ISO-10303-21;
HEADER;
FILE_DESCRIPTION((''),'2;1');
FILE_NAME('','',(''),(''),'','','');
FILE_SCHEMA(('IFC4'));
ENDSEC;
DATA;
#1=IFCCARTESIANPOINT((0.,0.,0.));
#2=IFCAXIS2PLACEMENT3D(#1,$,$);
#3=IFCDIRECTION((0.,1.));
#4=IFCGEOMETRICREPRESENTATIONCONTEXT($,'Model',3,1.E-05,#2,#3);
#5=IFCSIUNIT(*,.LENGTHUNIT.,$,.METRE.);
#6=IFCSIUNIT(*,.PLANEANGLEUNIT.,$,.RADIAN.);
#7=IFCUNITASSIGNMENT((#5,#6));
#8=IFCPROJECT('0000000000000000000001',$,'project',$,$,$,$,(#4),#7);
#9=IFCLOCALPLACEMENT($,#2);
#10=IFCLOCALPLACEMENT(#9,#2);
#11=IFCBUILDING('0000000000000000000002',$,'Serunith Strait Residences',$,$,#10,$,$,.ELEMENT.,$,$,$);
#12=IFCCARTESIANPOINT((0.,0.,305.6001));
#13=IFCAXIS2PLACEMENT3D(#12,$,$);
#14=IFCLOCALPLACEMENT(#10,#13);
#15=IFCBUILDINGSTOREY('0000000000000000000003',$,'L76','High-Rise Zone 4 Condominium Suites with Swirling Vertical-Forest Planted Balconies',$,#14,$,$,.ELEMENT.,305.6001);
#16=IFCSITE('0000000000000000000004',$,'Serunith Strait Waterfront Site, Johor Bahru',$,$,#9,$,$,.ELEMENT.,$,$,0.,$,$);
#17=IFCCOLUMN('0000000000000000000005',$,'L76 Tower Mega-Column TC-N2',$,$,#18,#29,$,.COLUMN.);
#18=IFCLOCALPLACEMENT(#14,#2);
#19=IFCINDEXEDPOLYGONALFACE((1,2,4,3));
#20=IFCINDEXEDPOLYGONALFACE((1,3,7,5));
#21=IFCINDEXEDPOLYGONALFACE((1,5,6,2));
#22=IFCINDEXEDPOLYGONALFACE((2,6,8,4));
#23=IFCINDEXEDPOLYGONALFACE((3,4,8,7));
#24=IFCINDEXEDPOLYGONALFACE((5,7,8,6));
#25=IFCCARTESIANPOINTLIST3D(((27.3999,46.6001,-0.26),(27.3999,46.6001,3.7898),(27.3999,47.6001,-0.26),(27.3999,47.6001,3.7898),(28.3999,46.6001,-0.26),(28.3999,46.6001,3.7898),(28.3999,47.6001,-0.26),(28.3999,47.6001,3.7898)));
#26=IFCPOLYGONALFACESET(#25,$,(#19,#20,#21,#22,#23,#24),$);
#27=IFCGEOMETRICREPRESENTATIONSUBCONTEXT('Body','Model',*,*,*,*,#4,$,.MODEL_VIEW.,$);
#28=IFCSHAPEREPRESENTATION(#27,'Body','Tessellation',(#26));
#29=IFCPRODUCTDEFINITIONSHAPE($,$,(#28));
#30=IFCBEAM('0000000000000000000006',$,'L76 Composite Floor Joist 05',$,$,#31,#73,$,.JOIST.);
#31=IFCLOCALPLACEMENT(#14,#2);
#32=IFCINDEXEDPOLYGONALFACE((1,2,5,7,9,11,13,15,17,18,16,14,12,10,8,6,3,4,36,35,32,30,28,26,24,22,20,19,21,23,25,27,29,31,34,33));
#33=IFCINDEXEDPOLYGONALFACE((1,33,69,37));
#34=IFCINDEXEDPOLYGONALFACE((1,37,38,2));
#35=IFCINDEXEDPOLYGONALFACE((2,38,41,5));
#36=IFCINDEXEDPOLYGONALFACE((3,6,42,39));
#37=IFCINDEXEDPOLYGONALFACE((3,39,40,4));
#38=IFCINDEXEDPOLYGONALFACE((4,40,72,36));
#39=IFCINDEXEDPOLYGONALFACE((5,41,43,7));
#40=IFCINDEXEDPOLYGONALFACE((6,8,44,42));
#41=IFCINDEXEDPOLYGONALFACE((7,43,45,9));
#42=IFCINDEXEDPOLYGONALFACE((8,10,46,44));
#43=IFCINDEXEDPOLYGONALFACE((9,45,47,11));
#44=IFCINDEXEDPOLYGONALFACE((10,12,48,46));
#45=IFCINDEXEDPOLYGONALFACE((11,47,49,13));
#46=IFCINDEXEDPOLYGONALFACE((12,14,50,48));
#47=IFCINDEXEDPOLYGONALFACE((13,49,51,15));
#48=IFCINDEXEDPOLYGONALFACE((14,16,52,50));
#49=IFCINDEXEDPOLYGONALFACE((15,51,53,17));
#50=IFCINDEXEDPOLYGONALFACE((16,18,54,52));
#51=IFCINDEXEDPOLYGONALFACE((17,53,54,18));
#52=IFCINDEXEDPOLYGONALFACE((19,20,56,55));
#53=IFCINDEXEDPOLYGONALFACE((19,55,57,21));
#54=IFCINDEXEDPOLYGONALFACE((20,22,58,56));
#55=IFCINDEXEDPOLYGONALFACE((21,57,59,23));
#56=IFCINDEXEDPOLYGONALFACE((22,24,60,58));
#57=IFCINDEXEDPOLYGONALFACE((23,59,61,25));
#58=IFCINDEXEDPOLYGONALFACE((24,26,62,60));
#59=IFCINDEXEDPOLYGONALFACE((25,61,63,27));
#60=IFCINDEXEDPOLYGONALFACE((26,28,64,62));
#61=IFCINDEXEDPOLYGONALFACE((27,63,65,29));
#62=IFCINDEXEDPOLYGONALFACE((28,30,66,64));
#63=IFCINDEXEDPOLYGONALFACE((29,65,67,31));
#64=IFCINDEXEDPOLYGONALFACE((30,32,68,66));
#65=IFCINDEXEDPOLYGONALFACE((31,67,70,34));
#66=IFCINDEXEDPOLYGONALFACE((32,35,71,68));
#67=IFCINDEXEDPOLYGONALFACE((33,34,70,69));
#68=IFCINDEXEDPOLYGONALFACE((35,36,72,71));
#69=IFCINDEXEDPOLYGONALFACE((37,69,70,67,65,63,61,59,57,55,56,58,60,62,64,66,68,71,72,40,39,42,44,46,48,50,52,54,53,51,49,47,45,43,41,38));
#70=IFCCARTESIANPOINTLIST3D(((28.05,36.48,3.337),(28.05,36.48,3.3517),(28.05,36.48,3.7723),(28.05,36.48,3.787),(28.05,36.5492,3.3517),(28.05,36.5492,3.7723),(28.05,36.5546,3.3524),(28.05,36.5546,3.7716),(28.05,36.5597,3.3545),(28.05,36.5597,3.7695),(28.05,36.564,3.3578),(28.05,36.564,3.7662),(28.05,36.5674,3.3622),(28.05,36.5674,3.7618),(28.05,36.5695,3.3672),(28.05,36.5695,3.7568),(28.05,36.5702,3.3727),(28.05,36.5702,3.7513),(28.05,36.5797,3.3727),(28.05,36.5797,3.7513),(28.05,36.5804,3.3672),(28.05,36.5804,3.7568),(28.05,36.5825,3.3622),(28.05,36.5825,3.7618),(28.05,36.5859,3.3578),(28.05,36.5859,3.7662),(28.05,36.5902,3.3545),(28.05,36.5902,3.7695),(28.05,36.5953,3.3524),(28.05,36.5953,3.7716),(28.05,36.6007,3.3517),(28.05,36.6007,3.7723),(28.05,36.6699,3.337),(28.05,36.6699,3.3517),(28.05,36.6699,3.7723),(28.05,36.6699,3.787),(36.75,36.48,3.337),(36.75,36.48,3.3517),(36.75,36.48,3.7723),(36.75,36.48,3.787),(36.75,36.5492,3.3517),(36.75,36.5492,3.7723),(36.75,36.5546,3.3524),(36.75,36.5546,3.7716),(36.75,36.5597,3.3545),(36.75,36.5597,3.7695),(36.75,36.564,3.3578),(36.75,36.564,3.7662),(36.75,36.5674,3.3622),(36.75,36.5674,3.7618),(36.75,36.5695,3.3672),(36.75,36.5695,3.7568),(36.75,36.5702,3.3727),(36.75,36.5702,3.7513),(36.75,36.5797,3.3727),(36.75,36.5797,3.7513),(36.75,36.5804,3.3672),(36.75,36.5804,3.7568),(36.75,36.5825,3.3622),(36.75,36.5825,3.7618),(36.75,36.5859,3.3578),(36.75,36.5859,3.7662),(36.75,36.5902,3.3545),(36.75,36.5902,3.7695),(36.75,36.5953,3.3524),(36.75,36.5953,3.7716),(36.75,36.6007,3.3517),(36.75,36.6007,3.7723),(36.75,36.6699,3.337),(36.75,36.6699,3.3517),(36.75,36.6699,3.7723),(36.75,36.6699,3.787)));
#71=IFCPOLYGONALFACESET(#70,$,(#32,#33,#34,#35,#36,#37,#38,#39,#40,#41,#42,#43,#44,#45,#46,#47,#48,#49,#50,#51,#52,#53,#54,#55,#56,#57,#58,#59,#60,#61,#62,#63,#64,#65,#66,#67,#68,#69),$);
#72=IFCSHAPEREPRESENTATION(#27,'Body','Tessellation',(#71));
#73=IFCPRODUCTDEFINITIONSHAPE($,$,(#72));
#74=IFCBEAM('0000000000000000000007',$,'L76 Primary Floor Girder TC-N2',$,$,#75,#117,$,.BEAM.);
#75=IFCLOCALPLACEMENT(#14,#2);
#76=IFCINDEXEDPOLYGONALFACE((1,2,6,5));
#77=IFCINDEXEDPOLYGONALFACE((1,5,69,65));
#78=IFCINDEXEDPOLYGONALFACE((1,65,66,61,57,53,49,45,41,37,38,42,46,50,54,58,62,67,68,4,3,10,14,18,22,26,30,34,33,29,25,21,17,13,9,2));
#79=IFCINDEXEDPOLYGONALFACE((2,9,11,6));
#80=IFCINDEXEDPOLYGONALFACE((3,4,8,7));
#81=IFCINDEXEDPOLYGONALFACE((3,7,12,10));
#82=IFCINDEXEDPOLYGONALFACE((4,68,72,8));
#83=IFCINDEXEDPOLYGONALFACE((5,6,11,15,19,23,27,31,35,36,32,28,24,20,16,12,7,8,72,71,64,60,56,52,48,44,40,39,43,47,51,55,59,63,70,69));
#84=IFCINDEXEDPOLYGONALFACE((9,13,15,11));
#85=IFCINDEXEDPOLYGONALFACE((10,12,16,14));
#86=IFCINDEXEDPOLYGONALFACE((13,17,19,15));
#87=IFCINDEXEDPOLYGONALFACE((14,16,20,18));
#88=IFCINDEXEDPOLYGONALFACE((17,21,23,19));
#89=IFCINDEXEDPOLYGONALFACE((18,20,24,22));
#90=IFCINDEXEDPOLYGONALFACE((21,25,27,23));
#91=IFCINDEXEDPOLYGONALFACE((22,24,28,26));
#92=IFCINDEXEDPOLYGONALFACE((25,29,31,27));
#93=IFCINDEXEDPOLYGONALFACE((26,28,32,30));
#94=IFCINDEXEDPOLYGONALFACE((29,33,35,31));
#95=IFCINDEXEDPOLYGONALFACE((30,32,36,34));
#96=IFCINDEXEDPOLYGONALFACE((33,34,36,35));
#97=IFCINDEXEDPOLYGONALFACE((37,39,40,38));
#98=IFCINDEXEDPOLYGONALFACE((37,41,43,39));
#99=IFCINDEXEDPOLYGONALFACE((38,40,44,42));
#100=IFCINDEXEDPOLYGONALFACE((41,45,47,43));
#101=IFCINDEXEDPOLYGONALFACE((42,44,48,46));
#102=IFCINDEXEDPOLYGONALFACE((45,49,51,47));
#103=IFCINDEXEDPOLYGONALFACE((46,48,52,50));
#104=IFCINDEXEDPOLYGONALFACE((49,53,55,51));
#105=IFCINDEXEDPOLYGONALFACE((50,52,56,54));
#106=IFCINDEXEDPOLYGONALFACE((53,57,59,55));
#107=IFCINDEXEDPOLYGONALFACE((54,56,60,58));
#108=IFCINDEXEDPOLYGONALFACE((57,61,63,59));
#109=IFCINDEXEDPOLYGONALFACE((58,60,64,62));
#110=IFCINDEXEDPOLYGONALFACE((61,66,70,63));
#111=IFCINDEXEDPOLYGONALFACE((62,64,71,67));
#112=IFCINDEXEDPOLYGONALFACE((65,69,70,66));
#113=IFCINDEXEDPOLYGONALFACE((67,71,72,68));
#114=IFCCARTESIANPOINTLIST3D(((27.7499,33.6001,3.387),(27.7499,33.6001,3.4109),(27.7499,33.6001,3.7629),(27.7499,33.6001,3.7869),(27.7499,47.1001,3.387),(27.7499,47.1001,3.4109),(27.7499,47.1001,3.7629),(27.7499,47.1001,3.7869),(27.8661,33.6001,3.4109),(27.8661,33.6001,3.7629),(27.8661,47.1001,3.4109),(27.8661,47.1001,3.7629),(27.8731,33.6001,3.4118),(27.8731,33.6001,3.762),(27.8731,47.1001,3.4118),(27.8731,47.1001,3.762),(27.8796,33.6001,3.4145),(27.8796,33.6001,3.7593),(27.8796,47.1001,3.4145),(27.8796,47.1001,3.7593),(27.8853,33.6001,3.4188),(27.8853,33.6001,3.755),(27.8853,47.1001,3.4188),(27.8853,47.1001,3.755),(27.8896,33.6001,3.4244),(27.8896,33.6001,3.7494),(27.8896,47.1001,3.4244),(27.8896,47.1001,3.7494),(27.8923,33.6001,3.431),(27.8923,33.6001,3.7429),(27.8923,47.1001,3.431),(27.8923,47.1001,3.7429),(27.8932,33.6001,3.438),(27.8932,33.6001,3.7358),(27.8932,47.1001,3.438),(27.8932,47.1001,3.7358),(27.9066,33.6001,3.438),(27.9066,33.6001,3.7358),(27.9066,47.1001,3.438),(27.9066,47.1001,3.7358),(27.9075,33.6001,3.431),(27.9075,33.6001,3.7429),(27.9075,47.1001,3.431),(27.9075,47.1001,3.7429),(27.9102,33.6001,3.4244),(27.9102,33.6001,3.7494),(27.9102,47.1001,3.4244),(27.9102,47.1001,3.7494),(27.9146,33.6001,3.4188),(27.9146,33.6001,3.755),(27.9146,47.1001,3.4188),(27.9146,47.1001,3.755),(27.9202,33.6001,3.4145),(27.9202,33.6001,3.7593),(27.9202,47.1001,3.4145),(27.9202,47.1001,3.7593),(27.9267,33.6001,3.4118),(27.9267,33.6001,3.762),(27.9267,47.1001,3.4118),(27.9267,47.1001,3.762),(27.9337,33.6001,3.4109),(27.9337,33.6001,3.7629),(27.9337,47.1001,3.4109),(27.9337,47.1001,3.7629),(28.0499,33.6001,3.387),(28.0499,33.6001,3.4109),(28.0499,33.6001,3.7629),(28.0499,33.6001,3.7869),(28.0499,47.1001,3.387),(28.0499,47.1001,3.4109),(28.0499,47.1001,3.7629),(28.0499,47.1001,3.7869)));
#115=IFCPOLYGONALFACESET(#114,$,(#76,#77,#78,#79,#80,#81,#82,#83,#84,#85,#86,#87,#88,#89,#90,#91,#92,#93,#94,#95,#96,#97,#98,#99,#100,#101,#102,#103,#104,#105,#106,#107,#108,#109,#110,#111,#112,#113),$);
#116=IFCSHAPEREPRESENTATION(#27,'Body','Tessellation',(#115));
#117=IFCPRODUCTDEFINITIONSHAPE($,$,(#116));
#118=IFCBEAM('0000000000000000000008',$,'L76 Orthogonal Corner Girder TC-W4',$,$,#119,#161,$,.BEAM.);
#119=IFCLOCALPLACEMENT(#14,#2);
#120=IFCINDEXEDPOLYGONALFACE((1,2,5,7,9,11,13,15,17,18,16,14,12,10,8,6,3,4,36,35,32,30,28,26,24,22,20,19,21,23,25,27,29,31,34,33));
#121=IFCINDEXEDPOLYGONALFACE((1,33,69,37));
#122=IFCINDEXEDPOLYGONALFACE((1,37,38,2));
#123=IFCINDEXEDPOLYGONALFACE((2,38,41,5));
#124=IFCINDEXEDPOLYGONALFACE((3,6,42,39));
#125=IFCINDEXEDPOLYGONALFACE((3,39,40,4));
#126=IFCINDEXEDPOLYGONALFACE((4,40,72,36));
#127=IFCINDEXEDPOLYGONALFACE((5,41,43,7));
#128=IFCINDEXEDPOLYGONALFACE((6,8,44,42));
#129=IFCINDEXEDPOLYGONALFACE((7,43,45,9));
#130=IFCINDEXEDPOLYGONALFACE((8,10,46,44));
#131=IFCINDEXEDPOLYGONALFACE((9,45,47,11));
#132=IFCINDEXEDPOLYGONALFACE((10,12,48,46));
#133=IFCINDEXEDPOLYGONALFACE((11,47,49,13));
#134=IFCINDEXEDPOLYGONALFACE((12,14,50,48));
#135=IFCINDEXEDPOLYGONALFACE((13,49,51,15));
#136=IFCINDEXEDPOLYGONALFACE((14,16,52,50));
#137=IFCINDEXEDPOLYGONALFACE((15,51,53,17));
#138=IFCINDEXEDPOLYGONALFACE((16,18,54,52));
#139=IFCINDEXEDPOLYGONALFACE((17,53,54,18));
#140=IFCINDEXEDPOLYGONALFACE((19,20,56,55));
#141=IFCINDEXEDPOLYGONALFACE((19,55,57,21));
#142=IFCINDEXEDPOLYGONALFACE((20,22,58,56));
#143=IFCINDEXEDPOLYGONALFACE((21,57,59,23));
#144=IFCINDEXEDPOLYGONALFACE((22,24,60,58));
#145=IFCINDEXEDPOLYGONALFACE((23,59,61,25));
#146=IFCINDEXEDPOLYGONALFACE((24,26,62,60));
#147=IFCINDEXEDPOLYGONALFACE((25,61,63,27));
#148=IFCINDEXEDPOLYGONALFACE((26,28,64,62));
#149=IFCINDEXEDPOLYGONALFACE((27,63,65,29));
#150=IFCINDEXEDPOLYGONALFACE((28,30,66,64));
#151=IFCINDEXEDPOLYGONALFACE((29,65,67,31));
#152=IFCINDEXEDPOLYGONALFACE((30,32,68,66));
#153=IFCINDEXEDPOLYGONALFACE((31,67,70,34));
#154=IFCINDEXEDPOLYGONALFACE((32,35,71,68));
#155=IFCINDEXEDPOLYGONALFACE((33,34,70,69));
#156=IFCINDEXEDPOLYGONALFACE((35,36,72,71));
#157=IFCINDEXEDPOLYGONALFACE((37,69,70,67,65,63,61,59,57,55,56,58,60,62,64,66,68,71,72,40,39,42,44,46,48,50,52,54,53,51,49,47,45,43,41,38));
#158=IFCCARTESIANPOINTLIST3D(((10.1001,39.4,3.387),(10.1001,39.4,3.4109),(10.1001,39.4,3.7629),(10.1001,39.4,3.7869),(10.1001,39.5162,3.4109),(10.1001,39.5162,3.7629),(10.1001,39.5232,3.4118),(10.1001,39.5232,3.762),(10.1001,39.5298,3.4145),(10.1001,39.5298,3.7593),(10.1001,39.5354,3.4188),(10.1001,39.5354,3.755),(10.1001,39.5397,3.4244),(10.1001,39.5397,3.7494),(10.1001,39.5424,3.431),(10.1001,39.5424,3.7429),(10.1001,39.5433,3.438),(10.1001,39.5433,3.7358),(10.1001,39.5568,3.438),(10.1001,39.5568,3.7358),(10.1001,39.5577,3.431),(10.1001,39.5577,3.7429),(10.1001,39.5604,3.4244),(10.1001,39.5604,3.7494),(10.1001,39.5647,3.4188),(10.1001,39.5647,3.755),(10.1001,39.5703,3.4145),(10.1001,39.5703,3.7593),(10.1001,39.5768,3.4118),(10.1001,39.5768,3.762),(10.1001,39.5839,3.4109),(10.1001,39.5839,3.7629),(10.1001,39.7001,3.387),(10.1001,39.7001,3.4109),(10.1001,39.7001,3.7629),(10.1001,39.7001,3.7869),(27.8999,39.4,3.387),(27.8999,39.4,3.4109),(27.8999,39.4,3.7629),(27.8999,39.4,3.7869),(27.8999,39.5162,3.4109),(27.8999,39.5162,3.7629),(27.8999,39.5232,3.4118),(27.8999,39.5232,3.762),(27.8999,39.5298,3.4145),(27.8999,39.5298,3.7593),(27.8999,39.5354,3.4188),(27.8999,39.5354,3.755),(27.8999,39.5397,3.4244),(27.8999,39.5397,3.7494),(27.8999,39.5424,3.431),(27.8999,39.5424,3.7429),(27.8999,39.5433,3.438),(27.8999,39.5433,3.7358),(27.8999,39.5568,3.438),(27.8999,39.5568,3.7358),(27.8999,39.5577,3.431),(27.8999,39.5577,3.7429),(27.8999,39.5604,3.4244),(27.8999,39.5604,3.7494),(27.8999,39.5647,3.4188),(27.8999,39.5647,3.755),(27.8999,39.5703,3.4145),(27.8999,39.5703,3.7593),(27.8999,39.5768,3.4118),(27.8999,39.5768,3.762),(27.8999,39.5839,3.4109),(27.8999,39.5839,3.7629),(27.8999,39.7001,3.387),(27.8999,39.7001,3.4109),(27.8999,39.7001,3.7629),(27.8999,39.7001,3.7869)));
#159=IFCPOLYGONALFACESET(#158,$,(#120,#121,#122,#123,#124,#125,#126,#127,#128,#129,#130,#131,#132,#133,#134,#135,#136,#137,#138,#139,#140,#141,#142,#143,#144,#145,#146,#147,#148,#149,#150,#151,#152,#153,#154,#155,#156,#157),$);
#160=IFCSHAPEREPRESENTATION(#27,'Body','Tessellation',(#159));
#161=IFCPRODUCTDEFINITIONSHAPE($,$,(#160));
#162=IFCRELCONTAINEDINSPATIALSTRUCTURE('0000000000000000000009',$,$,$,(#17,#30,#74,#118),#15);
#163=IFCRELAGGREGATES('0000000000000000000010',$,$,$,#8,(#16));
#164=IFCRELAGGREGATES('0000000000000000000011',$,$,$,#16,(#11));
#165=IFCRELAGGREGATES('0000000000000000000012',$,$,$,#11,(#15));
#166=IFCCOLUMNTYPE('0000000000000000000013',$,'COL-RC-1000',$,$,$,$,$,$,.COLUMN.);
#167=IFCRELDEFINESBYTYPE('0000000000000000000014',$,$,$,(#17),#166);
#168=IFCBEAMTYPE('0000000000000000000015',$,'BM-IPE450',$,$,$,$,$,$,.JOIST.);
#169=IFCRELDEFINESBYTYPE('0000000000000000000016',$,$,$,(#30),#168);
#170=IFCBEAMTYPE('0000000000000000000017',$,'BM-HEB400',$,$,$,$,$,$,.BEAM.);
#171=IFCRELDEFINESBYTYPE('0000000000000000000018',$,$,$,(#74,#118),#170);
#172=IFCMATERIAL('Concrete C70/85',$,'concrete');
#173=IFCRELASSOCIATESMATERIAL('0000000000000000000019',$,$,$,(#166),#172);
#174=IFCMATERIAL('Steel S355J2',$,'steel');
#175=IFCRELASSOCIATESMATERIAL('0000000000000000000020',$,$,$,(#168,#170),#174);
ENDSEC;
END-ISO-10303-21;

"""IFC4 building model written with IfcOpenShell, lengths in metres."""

from ifc_helpers import new_model, si_unit, direction, frame, origin, origin_2d, place, context, subcontext, project, spatial, rectangle, i_section, extrude, source, transform, mapped, material, material_profile, profile_set, type_object, element, save


model = new_model("IFC4")

# Units and contexts
model_context = context("Model", 3, precision=1e-05, world=origin(), true_north=direction((0.0, 1.0)))
body_context = subcontext(model_context, "Body", "Model", "MODEL_VIEW")
ifc_project = project(units=[si_unit("LENGTHUNIT", "METRE"), si_unit("PLANEANGLEUNIT", "RADIAN")], contexts=[model_context])

# Site, building, storey
site_placement = place(None, origin())
site = spatial("IfcSite", under=ifc_project, at=site_placement, Name="Serunith Strait Waterfront Site, Johor Bahru", CompositionType="ELEMENT", RefElevation=0.0)
building_placement = place(site_placement, origin())
building = spatial("IfcBuilding", under=site, at=building_placement, Name="Serunith Strait Residences", CompositionType="ELEMENT")
storey_placement = place(building_placement, frame((0.0, 0.0, 305.6001)))
storey = spatial("IfcBuildingStorey", under=building, at=storey_placement, Name="L76", Description="High-Rise Zone 4 Condominium Suites with Swirling Vertical-Forest Planted Balconies", CompositionType="ELEMENT", Elevation=305.6001)

# Column
ifc_material_1 = material(Name="Concrete C70/85", Category="concrete")
ifc_material_profile_1 = material_profile(ifc_material_1, rectangle(XDim=1.0, YDim=1.0, at=origin_2d()), Name="RC 1000x1000")
ifc_profile_set_1 = profile_set([ifc_material_profile_1], Name="Concrete C70/85")
column_type = type_object("IfcColumnType", Name="COL-RC-1000", PredefinedType="COLUMN", material=ifc_profile_set_1)
shared_shape_1 = source(origin(), body_context, "Body", "SweptSolid", [
    extrude(rectangle(XDim=1.0, YDim=1.0, at=origin_2d()), origin(), (0.0, 0.0, 1.0), 4.0498),
])
column_placement = place(storey_placement, frame((27.8999, 47.1001, -0.26), z_axis=(0.0, 0.0, 1.0), x_axis=(1.0, 0.0, 0.0)))
element("IfcColumn", 1, at=column_placement, inside=storey, type_object=column_type, Name="L76 Tower Mega-Column TC-N2", PredefinedType="COLUMN", context=body_context, shape_type="MappedRepresentation", body=[
    mapped(shared_shape_1, transform((0.0, 0.0, 0.0), scale=1.0)),
])

# Beams
ifc_material_2 = material(Name="Steel S355J2", Category="steel")
ifc_material_profile_2 = material_profile(ifc_material_2, i_section(OverallWidth=0.1899, OverallDepth=0.45, WebThickness=0.0095, FlangeThickness=0.0146, FilletRadius=0.021, at=origin_2d()), Name="IPE 450")
ifc_profile_set_2 = profile_set([ifc_material_profile_2], Name="Steel S355J2")
beam_type_1 = type_object("IfcBeamType", Name="BM-IPE450", PredefinedType="JOIST", material=ifc_profile_set_2)
shared_shape_2 = source(origin(), body_context, "Body", "SweptSolid", [
    extrude(i_section(OverallWidth=0.1899, OverallDepth=0.45, WebThickness=0.0095, FlangeThickness=0.0146, FilletRadius=0.021, at=origin_2d()), origin(), (0.0, 0.0, 1.0), 8.7),
])
beam_1_placement = place(storey_placement, frame((28.05, 36.575, 3.562), z_axis=(1.0, 0.0, 0.0), x_axis=(0.0, 1.0, 0.0)))
element("IfcBeam", 2, at=beam_1_placement, inside=storey, type_object=beam_type_1, Name="L76 Composite Floor Joist 05", PredefinedType="JOIST", context=body_context, shape_type="MappedRepresentation", body=[
    mapped(shared_shape_2, transform((0.0, 0.0, 0.0), scale=1.0)),
])
ifc_material_profile_3 = material_profile(ifc_material_2, i_section(OverallWidth=0.3, OverallDepth=0.3999, WebThickness=0.0134, FlangeThickness=0.0239, FilletRadius=0.0271, at=origin_2d()), Name="HEB 400")
ifc_profile_set_3 = profile_set([ifc_material_profile_3], Name="Steel S355J2")
beam_type_2 = type_object("IfcBeamType", Name="BM-HEB400", PredefinedType="BEAM", material=ifc_profile_set_3)
shared_shape_3 = source(origin(), body_context, "Body", "SweptSolid", [
    extrude(i_section(OverallWidth=0.3, OverallDepth=0.3999, WebThickness=0.0134, FlangeThickness=0.0239, FilletRadius=0.0271, at=origin_2d()), origin(), (0.0, 0.0, 1.0), 13.5),
])
beam_2_placement = place(storey_placement, frame((27.8999, 33.6001, 3.5869), z_axis=(0.0, 1.0, 0.0), x_axis=(-1.0, 0.0, 0.0)))
element("IfcBeam", 3, at=beam_2_placement, inside=storey, type_object=beam_type_2, Name="L76 Primary Floor Girder TC-N2", PredefinedType="BEAM", context=body_context, shape_type="MappedRepresentation", body=[
    mapped(shared_shape_3, transform((0.0, 0.0, 0.0), scale=1.0)),
])
shared_shape_4 = source(origin(), body_context, "Body", "SweptSolid", [
    extrude(i_section(OverallWidth=0.3, OverallDepth=0.3999, WebThickness=0.0134, FlangeThickness=0.0239, FilletRadius=0.0271, at=origin_2d()), origin(), (0.0, 0.0, 1.0), 17.7998),
])
beam_3_placement = place(storey_placement, frame((27.8999, 39.55, 3.5869), z_axis=(-1.0, 0.0, 0.0), x_axis=(0.0, -1.0, 0.0)))
element("IfcBeam", 4, at=beam_3_placement, inside=storey, type_object=beam_type_2, Name="L76 Orthogonal Corner Girder TC-W4", PredefinedType="BEAM", context=body_context, shape_type="MappedRepresentation", body=[
    mapped(shared_shape_4, transform((0.0, 0.0, 0.0), scale=1.0)),
])

save(model, "model.ifc")
